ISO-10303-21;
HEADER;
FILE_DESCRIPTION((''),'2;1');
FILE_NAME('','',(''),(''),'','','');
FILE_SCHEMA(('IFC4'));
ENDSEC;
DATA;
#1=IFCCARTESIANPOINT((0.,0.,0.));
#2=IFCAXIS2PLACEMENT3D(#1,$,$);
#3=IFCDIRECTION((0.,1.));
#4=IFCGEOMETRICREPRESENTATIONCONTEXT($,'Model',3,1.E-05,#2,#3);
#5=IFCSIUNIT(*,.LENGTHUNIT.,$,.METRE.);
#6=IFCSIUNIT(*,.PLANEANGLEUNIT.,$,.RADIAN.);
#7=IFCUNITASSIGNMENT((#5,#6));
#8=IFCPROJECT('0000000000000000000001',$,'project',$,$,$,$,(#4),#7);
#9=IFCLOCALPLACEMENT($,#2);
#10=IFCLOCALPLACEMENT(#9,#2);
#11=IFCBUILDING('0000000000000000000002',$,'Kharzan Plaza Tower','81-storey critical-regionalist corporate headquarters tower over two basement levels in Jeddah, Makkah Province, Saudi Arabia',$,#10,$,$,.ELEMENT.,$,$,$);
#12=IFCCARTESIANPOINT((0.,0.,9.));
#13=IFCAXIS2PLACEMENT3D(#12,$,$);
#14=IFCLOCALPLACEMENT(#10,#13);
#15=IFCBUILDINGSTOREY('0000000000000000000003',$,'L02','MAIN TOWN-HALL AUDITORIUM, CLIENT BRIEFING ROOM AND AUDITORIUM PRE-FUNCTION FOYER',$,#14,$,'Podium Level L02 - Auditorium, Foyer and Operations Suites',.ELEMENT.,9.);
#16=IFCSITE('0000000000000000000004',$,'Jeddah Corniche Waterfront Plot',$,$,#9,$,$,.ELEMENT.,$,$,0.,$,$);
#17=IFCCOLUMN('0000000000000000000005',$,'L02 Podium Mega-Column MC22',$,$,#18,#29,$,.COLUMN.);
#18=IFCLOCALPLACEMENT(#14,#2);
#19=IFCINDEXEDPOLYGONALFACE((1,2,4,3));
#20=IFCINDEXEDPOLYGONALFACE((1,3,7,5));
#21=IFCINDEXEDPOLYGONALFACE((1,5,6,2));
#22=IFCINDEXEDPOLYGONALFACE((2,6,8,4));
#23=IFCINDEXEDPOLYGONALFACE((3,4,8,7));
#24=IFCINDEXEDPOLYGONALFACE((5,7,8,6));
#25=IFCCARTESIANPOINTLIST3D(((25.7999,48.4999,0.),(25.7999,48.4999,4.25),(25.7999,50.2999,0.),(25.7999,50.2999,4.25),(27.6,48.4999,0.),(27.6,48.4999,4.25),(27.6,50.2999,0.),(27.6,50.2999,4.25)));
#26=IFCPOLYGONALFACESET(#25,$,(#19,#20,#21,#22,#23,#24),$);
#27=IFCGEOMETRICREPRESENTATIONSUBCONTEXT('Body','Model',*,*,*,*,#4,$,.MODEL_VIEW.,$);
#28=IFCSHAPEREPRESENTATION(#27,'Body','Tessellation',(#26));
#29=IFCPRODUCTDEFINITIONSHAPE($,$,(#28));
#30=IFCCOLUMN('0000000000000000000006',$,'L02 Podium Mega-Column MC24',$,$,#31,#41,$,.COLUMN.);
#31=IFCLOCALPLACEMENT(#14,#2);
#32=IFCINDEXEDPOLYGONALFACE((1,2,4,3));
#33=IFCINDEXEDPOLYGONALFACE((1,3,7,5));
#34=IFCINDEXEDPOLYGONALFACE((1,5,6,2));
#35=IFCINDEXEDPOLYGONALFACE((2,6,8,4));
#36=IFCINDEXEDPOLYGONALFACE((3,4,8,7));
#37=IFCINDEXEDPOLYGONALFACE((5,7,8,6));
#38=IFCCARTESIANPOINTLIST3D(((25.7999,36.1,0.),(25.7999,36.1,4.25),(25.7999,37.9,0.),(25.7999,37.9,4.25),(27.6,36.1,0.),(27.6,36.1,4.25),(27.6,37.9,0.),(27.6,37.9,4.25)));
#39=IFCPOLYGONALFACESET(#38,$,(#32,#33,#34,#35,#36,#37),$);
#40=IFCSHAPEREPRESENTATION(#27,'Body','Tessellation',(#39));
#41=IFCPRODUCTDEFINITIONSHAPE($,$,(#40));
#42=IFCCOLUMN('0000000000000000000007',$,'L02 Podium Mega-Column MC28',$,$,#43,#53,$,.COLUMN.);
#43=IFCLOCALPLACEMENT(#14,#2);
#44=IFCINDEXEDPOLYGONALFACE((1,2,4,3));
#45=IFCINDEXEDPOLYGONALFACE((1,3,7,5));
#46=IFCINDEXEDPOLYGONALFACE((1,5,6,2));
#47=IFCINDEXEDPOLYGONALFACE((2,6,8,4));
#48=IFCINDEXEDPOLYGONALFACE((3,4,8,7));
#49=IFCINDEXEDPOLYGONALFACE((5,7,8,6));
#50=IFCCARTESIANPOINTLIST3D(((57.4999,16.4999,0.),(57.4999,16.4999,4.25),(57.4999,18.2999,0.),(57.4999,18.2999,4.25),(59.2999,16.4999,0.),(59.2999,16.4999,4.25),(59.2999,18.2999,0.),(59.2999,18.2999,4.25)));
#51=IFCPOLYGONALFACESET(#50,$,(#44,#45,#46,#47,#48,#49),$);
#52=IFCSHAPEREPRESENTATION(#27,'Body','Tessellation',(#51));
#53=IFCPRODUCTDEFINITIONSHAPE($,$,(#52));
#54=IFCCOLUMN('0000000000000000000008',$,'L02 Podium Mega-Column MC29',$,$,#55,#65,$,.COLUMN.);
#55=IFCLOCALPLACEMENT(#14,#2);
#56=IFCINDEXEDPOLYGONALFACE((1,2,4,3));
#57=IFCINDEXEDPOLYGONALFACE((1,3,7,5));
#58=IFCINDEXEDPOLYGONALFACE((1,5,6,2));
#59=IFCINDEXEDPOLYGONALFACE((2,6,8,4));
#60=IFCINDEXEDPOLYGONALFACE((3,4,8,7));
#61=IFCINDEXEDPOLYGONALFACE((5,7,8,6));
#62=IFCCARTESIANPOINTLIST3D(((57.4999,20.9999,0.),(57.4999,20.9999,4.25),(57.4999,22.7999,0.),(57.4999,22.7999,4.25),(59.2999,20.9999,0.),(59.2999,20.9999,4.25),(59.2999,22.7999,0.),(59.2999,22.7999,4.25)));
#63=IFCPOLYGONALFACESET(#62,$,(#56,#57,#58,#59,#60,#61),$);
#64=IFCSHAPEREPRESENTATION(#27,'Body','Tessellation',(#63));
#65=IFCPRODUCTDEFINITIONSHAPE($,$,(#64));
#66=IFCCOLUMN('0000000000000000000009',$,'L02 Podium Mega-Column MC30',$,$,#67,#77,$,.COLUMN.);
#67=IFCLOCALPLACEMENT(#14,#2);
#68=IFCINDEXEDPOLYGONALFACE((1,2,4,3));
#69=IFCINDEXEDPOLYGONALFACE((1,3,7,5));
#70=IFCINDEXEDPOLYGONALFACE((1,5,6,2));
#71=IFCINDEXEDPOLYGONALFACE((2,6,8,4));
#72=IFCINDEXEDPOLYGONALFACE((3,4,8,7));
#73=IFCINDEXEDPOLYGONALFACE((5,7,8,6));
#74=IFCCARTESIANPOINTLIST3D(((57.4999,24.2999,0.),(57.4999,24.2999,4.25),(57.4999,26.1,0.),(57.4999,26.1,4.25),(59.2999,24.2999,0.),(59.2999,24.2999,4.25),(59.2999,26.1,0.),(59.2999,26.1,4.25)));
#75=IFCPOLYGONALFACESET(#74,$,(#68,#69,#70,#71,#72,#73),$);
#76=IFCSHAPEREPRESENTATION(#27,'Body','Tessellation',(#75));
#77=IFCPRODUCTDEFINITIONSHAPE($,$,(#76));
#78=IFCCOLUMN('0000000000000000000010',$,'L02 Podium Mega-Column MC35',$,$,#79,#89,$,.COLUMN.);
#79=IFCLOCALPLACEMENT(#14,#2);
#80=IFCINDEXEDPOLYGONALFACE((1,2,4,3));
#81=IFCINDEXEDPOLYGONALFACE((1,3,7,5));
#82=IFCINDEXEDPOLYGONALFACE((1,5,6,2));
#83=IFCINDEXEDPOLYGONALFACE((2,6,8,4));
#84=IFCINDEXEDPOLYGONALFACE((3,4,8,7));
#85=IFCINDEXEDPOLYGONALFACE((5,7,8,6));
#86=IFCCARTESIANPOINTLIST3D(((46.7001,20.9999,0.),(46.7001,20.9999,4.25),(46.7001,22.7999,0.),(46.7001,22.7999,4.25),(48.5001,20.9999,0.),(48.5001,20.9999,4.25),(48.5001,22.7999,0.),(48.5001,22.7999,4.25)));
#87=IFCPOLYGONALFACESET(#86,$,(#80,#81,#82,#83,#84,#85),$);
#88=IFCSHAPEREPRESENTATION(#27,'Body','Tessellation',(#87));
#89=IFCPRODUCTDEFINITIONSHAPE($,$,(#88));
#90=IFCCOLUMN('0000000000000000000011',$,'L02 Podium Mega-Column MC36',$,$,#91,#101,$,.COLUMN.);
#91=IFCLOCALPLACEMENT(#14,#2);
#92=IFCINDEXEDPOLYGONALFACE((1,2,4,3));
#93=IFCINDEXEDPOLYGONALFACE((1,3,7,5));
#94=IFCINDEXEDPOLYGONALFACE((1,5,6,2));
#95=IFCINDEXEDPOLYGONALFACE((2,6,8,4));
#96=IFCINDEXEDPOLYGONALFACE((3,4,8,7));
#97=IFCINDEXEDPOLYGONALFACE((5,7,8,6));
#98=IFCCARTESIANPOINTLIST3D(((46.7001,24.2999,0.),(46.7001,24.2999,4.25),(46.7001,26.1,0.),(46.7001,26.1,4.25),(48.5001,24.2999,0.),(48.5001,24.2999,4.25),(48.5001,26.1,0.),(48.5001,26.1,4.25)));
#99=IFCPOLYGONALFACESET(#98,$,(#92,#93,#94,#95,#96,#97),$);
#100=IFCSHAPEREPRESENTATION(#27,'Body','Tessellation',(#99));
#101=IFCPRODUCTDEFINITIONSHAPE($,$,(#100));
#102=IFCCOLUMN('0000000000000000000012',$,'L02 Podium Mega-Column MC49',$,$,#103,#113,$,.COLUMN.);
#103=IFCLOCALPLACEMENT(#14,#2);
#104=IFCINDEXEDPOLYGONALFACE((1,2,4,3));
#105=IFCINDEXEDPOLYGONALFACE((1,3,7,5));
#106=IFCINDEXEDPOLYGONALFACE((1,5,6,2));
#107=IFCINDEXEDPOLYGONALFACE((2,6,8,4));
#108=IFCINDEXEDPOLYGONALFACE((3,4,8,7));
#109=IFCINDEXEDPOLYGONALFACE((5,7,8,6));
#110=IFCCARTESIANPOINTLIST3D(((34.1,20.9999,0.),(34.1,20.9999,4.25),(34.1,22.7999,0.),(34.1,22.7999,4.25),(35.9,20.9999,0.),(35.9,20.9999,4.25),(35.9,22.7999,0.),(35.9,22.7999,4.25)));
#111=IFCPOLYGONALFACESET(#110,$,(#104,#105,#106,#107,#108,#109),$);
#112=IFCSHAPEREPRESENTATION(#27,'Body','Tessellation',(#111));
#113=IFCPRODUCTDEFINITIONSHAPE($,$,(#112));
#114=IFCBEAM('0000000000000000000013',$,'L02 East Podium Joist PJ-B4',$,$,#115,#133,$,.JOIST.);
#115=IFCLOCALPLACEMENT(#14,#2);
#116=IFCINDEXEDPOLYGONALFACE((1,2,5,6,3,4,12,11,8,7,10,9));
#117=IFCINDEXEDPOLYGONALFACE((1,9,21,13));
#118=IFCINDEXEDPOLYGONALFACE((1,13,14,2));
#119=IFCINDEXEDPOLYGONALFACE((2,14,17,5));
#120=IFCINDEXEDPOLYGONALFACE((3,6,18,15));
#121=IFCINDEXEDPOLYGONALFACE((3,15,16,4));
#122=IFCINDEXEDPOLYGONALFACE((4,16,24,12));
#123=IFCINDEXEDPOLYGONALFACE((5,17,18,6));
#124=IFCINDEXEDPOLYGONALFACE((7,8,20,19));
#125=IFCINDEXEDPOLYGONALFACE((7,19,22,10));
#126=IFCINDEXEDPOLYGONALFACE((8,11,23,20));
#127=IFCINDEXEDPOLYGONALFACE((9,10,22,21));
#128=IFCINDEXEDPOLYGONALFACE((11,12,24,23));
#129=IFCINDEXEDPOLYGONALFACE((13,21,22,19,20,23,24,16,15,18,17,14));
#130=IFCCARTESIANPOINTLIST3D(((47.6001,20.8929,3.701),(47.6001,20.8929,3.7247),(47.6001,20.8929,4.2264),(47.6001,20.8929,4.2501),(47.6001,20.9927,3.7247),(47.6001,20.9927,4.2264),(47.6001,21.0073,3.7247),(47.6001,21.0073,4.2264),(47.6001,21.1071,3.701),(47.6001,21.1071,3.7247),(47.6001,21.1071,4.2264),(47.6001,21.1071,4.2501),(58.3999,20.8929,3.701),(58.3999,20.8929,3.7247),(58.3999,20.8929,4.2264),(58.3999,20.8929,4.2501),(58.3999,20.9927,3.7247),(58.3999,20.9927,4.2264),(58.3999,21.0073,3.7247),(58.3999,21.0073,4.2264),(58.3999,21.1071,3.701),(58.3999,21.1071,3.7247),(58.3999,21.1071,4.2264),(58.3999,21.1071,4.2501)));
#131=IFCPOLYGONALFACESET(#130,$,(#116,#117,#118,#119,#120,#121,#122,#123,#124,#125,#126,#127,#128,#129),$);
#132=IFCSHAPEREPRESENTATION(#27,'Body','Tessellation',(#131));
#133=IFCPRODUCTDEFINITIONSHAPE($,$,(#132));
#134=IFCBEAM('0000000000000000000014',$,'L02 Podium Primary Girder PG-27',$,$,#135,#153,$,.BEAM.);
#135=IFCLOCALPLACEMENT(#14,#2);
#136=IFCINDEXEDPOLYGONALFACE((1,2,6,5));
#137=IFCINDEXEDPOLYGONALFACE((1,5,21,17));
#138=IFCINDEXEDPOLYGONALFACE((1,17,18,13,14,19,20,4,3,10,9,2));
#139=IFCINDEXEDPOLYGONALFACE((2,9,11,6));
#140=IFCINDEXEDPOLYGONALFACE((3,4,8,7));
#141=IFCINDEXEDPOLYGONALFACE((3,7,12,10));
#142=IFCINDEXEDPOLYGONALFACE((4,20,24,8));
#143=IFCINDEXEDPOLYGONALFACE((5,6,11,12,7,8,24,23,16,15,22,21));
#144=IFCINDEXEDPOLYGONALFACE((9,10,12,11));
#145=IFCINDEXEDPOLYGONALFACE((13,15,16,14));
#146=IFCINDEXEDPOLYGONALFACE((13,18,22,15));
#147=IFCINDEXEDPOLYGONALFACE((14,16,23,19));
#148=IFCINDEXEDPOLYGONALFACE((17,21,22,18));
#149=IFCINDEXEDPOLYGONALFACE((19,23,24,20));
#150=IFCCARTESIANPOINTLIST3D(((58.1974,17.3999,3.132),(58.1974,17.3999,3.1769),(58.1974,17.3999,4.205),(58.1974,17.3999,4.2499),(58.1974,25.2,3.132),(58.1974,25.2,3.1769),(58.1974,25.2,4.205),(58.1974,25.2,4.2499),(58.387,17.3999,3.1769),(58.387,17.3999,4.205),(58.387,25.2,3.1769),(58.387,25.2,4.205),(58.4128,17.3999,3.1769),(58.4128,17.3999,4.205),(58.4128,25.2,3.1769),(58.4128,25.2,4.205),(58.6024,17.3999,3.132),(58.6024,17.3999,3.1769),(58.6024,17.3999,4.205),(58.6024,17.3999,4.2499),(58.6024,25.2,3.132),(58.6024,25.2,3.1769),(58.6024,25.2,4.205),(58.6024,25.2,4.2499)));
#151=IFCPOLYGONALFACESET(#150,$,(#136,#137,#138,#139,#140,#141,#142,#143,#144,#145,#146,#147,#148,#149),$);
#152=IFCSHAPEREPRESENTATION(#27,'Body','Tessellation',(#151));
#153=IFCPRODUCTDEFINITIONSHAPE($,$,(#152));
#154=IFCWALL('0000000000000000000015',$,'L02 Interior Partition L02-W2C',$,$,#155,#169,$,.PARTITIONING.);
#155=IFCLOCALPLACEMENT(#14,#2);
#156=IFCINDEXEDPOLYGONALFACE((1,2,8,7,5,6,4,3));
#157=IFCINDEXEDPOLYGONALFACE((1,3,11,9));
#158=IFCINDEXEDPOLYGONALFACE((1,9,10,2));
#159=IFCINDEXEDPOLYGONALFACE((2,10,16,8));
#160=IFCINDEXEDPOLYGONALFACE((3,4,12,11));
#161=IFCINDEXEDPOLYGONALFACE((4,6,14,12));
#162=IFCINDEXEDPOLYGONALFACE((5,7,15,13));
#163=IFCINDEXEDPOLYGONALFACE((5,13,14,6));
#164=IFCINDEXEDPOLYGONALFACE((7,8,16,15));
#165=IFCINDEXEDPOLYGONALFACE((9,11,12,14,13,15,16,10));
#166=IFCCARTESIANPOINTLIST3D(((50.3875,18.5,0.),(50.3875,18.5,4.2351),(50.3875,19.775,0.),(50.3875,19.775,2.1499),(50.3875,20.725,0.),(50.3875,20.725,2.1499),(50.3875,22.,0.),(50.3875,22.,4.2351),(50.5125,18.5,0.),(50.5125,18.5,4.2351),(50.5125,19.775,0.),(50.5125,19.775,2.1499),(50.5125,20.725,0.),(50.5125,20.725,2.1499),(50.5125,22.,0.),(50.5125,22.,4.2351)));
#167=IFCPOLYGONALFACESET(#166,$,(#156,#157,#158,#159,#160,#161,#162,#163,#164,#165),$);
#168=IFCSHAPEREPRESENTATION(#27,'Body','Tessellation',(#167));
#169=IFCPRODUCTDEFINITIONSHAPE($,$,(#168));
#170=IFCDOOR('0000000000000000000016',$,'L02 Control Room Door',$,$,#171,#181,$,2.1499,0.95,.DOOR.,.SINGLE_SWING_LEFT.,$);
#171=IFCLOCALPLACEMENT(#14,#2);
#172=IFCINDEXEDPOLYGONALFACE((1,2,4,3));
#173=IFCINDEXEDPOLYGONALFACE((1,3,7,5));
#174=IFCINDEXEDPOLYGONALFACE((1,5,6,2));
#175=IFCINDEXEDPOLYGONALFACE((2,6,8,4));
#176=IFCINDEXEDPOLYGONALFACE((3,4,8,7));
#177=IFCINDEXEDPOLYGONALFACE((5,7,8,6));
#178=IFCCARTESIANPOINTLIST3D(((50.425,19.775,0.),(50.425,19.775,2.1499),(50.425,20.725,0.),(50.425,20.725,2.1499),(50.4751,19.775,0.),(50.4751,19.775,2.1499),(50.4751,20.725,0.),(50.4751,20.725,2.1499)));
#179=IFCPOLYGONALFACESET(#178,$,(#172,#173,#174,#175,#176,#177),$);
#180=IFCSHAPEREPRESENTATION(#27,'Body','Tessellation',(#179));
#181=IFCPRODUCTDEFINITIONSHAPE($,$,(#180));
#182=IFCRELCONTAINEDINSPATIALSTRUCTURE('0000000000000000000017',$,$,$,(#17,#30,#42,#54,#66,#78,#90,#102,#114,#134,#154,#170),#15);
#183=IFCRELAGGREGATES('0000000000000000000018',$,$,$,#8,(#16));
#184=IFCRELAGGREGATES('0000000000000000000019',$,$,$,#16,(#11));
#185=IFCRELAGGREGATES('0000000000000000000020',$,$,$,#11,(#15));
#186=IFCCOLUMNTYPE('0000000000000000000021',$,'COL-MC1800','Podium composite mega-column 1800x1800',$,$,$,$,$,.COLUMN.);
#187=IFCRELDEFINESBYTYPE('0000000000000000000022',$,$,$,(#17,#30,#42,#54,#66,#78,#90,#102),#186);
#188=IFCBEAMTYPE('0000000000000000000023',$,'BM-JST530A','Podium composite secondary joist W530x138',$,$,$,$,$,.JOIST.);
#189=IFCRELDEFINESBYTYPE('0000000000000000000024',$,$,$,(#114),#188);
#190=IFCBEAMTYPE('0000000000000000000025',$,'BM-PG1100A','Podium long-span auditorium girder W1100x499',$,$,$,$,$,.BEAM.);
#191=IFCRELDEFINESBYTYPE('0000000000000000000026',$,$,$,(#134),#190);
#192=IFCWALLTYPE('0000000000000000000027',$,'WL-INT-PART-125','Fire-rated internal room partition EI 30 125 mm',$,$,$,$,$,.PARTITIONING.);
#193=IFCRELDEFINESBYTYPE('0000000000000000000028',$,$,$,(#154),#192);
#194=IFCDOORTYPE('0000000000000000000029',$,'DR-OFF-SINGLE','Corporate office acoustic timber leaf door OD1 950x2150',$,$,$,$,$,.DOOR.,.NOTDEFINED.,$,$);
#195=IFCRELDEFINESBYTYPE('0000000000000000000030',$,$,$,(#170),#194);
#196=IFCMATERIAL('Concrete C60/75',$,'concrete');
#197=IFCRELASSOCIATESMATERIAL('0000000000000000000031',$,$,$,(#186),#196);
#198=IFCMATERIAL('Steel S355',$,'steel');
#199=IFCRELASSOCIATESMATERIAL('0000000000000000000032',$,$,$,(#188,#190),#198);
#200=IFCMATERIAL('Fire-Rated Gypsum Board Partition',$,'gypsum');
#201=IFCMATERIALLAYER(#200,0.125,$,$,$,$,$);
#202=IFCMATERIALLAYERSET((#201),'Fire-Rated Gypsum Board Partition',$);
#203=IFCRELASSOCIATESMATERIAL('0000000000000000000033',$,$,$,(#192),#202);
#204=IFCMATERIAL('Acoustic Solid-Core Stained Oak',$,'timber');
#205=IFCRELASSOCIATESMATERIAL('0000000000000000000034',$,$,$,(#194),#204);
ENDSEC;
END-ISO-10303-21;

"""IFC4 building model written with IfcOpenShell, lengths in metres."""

from ifc_helpers import new_model, si_unit, direction, frame, frame_2d, origin, origin_2d, place, context, subcontext, project, spatial, rectangle, i_section, extrude, source, transform, mapped, material, layer, layer_set, material_profile, profile_set, type_object, element, fill, save


model = new_model("IFC4")

# Units and contexts
model_context = context("Model", 3, precision=1e-05, world=origin(), true_north=direction((0.0, 1.0)))
body_context = subcontext(model_context, "Body", "Model", "MODEL_VIEW")
ifc_project = project(units=[si_unit("LENGTHUNIT", "METRE"), si_unit("PLANEANGLEUNIT", "RADIAN")], contexts=[model_context])

# Site, building, storey
site_placement = place(None, origin())
site = spatial("IfcSite", under=ifc_project, at=site_placement, Name="Jeddah Corniche Waterfront Plot", CompositionType="ELEMENT", RefElevation=0.0)
building_placement = place(site_placement, origin())
building = spatial("IfcBuilding", under=site, at=building_placement, Name="Kharzan Plaza Tower", Description="81-storey critical-regionalist corporate headquarters tower over two basement levels in Jeddah, Makkah Province, Saudi Arabia", CompositionType="ELEMENT")
storey_placement = place(building_placement, frame((0.0, 0.0, 9.0)))
storey = spatial("IfcBuildingStorey", under=building, at=storey_placement, Name="L02", Description="MAIN TOWN-HALL AUDITORIUM, CLIENT BRIEFING ROOM AND AUDITORIUM PRE-FUNCTION FOYER", LongName="Podium Level L02 - Auditorium, Foyer and Operations Suites", CompositionType="ELEMENT", Elevation=9.0)

# Columns
ifc_material_1 = material(Name="Concrete C60/75", Category="concrete")
ifc_material_profile_1 = material_profile(ifc_material_1, rectangle(XDim=1.8, YDim=1.8, at=origin_2d()), Name="RC-MC1800x1800")
ifc_profile_set_1 = profile_set([ifc_material_profile_1], Name="Concrete C60/75")
column_type = type_object("IfcColumnType", Name="COL-MC1800", Description="Podium composite mega-column 1800x1800", PredefinedType="COLUMN", material=ifc_profile_set_1)
shared_shape_1 = source(origin(), body_context, "Body", "SweptSolid", [
    extrude(rectangle(XDim=1.8, YDim=1.8, at=origin_2d()), origin(), (0.0, 0.0, 1.0), 4.25),
])
for number, where, z_axis, x_axis, name in (
    (1, (26.7, 49.3999, 0.0), (0.0, 0.0, 1.0), (1.0, 0.0, 0.0), "L02 Podium Mega-Column MC22"),
    (2, (26.7, 37.0, 0.0), (0.0, 0.0, 1.0), (1.0, 0.0, 0.0), "L02 Podium Mega-Column MC24"),
    (3, (58.3999, 17.3999, 0.0), (0.0, 0.0, 1.0), (1.0, 0.0, 0.0), "L02 Podium Mega-Column MC28"),
    (4, (58.3999, 21.8999, 0.0), (0.0, 0.0, 1.0), (1.0, 0.0, 0.0), "L02 Podium Mega-Column MC29"),
    (5, (58.3999, 25.2, 0.0), (0.0, 0.0, 1.0), (1.0, 0.0, 0.0), "L02 Podium Mega-Column MC30"),
    (6, (47.6001, 21.8999, 0.0), (0.0, 0.0, 1.0), (1.0, 0.0, 0.0), "L02 Podium Mega-Column MC35"),
    (7, (47.6001, 25.2, 0.0), (0.0, 0.0, 1.0), (1.0, 0.0, 0.0), "L02 Podium Mega-Column MC36"),
    (8, (35.0, 21.8999, 0.0), (0.0, 0.0, 1.0), (1.0, 0.0, 0.0), "L02 Podium Mega-Column MC49"),
):
    element("IfcColumn", number, at=place(storey_placement, frame(where, z_axis=z_axis, x_axis=x_axis)), inside=storey, type_object=column_type, Name=name, PredefinedType="COLUMN", context=body_context, shape_type="MappedRepresentation", body=[
        mapped(shared_shape_1, transform((0.0, 0.0, 0.0), x_axis=(1.0, 0.0, 0.0), y_axis=(0.0, 1.0, 0.0), z_axis=(0.0, 0.0, 1.0))),
    ])

# Beams
ifc_material_2 = material(Name="Steel S355", Category="steel")
ifc_material_profile_2 = material_profile(ifc_material_2, i_section(OverallWidth=0.2141, OverallDepth=0.5491, WebThickness=0.0146, FlangeThickness=0.0237, at=origin_2d()), Name="W530x138")
ifc_profile_set_2 = profile_set([ifc_material_profile_2], Name="Steel S355")
beam_type_1 = type_object("IfcBeamType", Name="BM-JST530A", Description="Podium composite secondary joist W530x138", PredefinedType="JOIST", material=ifc_profile_set_2)
shared_shape_2 = source(origin(), body_context, "Body", "SweptSolid", [
    extrude(i_section(OverallWidth=0.2141, OverallDepth=0.5491, WebThickness=0.0146, FlangeThickness=0.0237, at=origin_2d()), origin(), (0.0, 0.0, 1.0), 10.7998),
])
beam_1_placement = place(storey_placement, frame((47.6001, 21.0, 3.9756), z_axis=(1.0, 0.0, 0.0), x_axis=(0.0, 1.0, 0.0)))
element("IfcBeam", 9, at=beam_1_placement, inside=storey, type_object=beam_type_1, Name="L02 East Podium Joist PJ-B4", PredefinedType="JOIST", context=body_context, shape_type="MappedRepresentation", body=[
    mapped(shared_shape_2, transform((0.0, 0.0, 0.0), x_axis=(1.0, 0.0, 0.0), y_axis=(0.0, 1.0, 0.0), z_axis=(0.0, 0.0, 1.0))),
])
ifc_material_profile_3 = material_profile(ifc_material_2, i_section(OverallWidth=0.405, OverallDepth=1.1179, WebThickness=0.0259, FlangeThickness=0.0449, at=origin_2d()), Name="W1100x499")
ifc_profile_set_3 = profile_set([ifc_material_profile_3], Name="Steel S355")
beam_type_2 = type_object("IfcBeamType", Name="BM-PG1100A", Description="Podium long-span auditorium girder W1100x499", PredefinedType="BEAM", material=ifc_profile_set_3)
shared_shape_3 = source(origin(), body_context, "Body", "SweptSolid", [
    extrude(i_section(OverallWidth=0.405, OverallDepth=1.1179, WebThickness=0.0259, FlangeThickness=0.0449, at=origin_2d()), origin(), (0.0, 0.0, 1.0), 7.8),
])
beam_2_placement = place(storey_placement, frame((58.3999, 17.3999, 3.6909), z_axis=(0.0, 1.0, 0.0), x_axis=(-1.0, 0.0, 0.0)))
element("IfcBeam", 10, at=beam_2_placement, inside=storey, type_object=beam_type_2, Name="L02 Podium Primary Girder PG-27", PredefinedType="BEAM", context=body_context, shape_type="MappedRepresentation", body=[
    mapped(shared_shape_3, transform((0.0, 0.0, 0.0), x_axis=(1.0, 0.0, 0.0), y_axis=(0.0, 1.0, 0.0), z_axis=(0.0, 0.0, 1.0))),
])

# Wall, opening, door
ifc_material_3 = material(Name="Fire-Rated Gypsum Board Partition", Category="gypsum")
ifc_layer_1 = layer(ifc_material_3, 0.125)
ifc_layer_set_1 = layer_set([ifc_layer_1], Name="Fire-Rated Gypsum Board Partition")
wall_type_1 = type_object("IfcWallType", Name="WL-INT-PART-125", Description="Fire-rated internal room partition EI 30 125 mm", PredefinedType="PARTITIONING", material=ifc_layer_set_1)
wall_1_placement = place(storey_placement, frame((50.45, 18.5, 0.0), z_axis=(0.0, 0.0, 1.0), x_axis=(0.0, 1.0, 0.0)))
wall_1 = element("IfcWall", 11, at=wall_1_placement, inside=storey, type_object=wall_type_1, Name="L02 Interior Partition L02-W2C", PredefinedType="PARTITIONING", context=body_context, shape_type="SweptSolid", body=[
    extrude(rectangle(XDim=3.5, YDim=0.125, at=frame_2d((1.75, 0.0))), origin(), (0.0, 0.0, 1.0), 4.2351),
])
opening_1_placement = place(wall_1_placement, frame((1.2749, 0.0, 0.0)))
opening_1 = element("IfcOpeningElement", 12, at=opening_1_placement, cuts=wall_1, PredefinedType="OPENING", context=body_context, shape_type="SweptSolid", body=[
    extrude(rectangle(XDim=0.95, YDim=2.1499, at=frame_2d((0.4751, 1.075))), frame((0.0, 0.0725, 0.0), z_axis=(0.0, -1.0, 0.0), x_axis=(1.0, 0.0, 0.0)), (0.0, 0.0, 1.0), 0.145),
])
ifc_material_4 = material(Name="Acoustic Solid-Core Stained Oak", Category="timber")
door_type = type_object("IfcDoorType", Name="DR-OFF-SINGLE", Description="Corporate office acoustic timber leaf door OD1 950x2150", OperationType="NOTDEFINED", PredefinedType="DOOR", material=ifc_material_4)
shared_shape_4 = source(origin(), body_context, "Body", "SweptSolid", [
    extrude(rectangle(XDim=0.95, YDim=2.1499, at=frame_2d((0.4751, 1.075))), frame((0.0, 0.0249, 0.0), z_axis=(0.0, -1.0, 0.0), x_axis=(1.0, 0.0, 0.0)), (0.0, 0.0, 1.0), 0.05),
])
door_placement = place(opening_1_placement, origin())
door = element("IfcDoor", 13, at=door_placement, inside=storey, type_object=door_type, Name="L02 Control Room Door", OperationType="SINGLE_SWING_LEFT", OverallHeight=2.1499, OverallWidth=0.95, PredefinedType="DOOR", context=body_context, shape_type="MappedRepresentation", body=[
    mapped(shared_shape_4, transform((0.0, 0.0, 0.0), x_axis=(1.0, 0.0, 0.0), y_axis=(0.0, 1.0, 0.0), z_axis=(0.0, 0.0, 1.0))),
])
fill(opening_1, door)

save(model, "model.ifc")
